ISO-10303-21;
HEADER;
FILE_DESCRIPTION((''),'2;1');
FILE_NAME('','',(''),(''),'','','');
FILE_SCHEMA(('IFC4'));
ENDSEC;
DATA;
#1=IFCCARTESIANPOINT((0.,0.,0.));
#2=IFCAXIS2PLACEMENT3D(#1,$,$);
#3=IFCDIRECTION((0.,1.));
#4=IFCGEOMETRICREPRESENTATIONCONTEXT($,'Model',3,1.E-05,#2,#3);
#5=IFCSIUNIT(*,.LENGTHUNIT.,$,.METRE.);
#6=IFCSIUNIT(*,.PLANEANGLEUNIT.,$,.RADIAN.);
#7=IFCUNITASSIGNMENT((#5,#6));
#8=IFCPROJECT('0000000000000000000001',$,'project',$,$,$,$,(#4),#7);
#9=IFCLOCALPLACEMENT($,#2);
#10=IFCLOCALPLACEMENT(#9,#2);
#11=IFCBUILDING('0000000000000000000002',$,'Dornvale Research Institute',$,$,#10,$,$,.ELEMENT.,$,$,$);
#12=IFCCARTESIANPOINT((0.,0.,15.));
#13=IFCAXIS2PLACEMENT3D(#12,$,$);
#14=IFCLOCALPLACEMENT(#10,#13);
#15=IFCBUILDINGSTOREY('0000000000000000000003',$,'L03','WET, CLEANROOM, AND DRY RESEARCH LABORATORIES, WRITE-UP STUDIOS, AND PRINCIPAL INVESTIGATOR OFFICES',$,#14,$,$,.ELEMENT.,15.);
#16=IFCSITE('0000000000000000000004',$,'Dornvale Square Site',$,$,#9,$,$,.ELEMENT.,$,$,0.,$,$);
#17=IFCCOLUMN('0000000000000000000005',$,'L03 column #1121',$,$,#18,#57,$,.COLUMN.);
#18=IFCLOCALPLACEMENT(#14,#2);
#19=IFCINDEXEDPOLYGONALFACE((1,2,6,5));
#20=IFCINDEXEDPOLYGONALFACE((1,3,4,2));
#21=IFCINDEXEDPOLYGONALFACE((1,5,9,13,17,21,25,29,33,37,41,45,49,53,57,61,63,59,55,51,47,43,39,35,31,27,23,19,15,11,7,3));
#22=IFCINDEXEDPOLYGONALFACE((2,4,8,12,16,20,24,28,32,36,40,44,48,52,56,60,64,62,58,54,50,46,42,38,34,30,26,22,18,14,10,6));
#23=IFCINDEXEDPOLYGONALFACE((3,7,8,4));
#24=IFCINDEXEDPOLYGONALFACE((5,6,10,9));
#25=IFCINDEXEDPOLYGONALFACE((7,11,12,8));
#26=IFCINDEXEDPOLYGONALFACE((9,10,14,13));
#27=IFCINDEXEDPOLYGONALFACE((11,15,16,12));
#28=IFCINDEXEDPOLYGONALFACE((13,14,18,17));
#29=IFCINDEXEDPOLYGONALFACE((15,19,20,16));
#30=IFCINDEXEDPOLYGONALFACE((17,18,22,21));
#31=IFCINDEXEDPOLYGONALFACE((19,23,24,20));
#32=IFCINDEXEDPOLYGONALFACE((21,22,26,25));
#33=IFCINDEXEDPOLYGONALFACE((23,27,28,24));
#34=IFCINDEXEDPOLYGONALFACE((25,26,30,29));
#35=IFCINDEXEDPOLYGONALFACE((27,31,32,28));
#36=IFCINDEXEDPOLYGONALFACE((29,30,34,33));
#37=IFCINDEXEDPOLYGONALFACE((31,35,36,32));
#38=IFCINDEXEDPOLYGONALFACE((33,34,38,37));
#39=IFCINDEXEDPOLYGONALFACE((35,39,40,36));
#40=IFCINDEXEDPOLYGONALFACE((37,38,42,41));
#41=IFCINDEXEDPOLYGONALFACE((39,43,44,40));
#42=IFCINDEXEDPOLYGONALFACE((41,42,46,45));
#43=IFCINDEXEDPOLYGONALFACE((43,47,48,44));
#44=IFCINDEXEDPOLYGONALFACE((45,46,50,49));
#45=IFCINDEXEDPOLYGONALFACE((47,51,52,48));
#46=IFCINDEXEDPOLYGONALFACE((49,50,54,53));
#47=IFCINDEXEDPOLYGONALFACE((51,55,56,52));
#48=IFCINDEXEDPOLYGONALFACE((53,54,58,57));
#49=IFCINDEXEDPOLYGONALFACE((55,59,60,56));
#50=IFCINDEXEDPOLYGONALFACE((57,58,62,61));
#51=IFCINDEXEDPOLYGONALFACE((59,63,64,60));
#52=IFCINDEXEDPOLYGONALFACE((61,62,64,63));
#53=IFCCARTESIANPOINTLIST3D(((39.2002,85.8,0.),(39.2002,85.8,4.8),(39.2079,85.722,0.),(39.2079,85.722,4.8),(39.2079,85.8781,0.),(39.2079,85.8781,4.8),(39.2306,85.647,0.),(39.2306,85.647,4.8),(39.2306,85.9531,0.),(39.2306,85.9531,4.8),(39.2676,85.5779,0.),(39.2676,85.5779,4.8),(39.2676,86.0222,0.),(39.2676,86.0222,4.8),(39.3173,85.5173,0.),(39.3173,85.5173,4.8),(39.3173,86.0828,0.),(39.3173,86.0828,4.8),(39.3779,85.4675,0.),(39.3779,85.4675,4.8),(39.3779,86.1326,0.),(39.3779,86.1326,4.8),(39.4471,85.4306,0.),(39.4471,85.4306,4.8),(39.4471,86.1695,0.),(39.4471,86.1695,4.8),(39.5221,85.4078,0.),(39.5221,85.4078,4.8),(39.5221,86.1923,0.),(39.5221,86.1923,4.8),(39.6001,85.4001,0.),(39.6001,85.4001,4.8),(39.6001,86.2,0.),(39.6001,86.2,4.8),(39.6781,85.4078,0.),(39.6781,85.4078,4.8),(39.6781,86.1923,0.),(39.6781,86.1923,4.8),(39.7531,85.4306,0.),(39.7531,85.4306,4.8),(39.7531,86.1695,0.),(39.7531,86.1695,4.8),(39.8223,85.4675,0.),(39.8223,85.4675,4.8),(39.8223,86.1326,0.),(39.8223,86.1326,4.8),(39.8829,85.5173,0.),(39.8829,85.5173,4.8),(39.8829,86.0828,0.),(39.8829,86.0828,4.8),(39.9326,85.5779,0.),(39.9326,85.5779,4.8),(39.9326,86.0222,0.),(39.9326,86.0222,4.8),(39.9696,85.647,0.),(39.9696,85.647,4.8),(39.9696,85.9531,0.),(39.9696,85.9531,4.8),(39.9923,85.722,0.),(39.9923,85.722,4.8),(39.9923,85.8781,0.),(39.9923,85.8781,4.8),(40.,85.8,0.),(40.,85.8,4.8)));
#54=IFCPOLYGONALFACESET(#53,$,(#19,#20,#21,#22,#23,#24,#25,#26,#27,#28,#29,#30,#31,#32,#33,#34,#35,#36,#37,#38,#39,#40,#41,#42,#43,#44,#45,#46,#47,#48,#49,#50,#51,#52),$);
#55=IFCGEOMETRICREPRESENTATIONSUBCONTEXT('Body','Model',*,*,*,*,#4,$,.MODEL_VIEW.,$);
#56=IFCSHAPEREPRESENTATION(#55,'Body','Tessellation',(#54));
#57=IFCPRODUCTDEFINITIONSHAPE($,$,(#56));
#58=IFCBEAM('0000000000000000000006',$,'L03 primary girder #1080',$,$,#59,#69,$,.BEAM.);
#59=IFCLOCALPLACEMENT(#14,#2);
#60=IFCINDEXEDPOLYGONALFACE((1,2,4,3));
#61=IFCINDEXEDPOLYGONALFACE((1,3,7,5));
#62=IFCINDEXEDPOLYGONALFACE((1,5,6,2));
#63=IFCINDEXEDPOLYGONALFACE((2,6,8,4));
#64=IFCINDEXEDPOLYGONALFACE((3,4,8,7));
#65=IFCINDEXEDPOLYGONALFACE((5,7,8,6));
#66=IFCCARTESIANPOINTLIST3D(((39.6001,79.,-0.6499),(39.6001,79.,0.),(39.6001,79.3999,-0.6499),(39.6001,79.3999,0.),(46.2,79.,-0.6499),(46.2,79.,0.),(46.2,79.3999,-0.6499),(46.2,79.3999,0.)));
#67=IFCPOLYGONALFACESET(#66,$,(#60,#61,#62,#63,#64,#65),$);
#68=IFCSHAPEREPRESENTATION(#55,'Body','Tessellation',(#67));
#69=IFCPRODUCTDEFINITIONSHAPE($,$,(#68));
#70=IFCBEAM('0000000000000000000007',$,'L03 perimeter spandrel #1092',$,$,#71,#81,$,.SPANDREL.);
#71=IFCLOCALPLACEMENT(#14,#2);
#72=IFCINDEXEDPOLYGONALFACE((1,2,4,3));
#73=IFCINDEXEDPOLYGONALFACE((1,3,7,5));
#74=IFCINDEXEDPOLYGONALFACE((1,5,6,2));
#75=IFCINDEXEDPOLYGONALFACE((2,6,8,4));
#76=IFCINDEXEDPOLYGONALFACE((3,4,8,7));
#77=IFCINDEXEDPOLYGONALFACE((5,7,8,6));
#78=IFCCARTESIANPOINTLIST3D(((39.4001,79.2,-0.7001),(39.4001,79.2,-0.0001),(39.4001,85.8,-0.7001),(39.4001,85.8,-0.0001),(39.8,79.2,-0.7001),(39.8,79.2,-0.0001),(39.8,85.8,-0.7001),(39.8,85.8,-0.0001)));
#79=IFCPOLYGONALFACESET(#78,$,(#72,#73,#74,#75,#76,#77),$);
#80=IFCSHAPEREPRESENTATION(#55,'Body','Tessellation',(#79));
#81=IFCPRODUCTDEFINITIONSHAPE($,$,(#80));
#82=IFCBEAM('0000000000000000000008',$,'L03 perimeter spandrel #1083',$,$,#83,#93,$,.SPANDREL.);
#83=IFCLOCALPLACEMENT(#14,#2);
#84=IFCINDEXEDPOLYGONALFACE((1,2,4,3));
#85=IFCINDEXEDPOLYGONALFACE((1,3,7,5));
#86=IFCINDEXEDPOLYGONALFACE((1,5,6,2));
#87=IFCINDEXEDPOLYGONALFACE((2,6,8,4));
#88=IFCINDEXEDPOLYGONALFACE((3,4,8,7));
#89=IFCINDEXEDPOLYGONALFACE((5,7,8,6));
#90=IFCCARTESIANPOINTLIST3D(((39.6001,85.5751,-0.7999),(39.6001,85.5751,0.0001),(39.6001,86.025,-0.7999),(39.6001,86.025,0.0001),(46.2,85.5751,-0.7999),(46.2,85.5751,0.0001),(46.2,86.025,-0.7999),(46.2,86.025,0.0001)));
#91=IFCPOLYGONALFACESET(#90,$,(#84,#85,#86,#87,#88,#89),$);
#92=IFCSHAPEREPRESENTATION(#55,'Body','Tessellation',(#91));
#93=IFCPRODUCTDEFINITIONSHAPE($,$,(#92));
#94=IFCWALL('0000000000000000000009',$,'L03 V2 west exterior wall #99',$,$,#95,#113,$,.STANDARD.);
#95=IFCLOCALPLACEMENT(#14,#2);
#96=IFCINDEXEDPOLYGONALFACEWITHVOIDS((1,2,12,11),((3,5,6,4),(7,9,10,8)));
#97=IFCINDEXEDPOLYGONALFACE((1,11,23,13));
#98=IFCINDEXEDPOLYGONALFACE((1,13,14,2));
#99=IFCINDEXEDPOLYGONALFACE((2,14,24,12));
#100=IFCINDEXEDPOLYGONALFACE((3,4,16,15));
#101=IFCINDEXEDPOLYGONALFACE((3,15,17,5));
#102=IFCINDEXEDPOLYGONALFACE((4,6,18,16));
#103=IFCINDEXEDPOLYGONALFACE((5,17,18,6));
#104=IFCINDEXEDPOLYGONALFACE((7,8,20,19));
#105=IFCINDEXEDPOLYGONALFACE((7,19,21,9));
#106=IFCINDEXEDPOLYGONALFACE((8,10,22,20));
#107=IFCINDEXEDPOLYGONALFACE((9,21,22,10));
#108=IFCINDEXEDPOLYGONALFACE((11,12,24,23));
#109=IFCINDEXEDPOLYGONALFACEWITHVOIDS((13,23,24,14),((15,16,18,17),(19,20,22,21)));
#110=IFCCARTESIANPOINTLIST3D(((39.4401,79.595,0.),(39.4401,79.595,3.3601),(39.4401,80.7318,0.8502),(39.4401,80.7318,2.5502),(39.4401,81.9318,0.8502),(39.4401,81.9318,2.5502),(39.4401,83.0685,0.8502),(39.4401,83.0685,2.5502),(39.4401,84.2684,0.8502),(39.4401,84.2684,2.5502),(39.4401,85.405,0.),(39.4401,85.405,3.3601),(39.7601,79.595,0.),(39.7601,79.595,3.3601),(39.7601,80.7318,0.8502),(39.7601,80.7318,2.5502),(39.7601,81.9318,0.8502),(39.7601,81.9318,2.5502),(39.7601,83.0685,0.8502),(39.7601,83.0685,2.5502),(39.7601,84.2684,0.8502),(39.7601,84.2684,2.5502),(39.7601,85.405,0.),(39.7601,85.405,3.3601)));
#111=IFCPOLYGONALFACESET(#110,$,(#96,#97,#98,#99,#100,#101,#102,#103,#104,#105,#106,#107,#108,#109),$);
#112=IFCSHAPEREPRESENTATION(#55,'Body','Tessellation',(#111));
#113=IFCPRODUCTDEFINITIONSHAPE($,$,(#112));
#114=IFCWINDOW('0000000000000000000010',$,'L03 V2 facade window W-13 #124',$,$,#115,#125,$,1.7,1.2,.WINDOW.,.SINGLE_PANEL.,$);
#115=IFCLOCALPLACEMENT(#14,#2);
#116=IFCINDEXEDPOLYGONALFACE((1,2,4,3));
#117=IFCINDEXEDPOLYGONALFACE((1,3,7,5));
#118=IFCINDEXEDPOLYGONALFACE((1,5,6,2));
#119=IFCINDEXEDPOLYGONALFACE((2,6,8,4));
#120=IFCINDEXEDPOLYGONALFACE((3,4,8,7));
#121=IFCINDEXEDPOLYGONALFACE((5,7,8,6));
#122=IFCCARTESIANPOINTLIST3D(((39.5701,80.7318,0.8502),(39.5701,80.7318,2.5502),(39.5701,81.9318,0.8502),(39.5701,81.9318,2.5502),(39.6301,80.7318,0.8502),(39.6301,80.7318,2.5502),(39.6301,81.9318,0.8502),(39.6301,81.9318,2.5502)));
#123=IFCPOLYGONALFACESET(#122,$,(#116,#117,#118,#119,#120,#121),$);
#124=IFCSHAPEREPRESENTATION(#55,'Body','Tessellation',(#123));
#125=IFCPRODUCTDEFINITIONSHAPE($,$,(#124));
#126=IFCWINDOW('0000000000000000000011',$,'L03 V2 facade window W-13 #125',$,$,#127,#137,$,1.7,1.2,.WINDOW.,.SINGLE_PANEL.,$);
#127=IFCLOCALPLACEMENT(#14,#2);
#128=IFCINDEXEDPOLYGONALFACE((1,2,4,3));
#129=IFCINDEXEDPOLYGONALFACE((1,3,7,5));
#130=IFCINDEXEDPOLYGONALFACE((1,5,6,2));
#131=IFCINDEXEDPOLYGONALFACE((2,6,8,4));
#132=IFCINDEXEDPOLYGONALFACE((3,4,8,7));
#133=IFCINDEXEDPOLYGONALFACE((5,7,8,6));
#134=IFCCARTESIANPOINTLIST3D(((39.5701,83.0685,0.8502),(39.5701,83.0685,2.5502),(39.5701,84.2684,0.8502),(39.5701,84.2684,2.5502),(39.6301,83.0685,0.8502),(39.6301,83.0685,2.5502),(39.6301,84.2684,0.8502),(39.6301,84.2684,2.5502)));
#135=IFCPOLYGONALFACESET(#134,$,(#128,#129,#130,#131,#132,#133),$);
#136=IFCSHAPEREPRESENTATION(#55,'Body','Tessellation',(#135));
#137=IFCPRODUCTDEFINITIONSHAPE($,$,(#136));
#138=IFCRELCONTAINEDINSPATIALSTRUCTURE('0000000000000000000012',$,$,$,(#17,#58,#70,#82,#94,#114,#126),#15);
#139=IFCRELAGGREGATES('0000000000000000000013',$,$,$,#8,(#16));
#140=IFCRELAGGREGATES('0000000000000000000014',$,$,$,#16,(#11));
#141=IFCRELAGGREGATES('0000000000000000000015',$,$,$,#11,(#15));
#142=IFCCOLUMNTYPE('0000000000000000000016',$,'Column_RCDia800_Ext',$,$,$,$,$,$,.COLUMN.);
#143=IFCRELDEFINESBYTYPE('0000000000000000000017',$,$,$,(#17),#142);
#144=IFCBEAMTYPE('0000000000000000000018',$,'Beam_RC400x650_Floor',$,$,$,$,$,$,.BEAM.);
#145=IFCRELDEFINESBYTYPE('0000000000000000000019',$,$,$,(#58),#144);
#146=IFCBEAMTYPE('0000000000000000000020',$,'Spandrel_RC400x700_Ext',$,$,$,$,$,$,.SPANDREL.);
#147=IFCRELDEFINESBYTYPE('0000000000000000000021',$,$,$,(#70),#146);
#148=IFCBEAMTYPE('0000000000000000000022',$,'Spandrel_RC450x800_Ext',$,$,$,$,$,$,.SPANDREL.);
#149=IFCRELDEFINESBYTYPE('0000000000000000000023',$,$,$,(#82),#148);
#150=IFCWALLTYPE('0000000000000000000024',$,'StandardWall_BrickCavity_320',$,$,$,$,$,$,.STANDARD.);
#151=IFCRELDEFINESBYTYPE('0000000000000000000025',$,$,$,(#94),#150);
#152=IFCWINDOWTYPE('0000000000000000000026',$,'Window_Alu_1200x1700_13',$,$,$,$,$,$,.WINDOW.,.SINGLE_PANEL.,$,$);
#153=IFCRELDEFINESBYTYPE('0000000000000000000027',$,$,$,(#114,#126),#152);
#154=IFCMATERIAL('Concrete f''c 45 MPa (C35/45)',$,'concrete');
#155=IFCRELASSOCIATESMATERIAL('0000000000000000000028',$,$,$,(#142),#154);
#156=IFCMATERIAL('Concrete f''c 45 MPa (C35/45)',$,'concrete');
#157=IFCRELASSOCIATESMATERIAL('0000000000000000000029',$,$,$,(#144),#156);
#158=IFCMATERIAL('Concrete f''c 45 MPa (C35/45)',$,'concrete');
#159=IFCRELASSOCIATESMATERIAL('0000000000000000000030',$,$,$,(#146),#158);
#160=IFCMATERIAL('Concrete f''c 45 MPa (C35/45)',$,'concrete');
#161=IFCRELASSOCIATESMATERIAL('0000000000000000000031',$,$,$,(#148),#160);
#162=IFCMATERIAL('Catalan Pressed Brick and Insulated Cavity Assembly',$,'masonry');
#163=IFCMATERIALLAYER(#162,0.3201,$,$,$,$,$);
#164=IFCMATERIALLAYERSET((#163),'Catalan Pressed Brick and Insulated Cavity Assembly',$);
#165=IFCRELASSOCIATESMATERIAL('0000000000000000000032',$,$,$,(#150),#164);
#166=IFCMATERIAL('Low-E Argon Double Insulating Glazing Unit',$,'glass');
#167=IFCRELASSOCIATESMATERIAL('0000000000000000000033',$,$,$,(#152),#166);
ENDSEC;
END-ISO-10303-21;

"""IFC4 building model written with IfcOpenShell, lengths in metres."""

from ifc_helpers import new_model, si_unit, direction, frame, frame_2d, origin, origin_2d, place, context, subcontext, project, spatial, rectangle, circle, extrude, material, layer, layer_set, material_profile, profile_set, type_object, element, fill, save


model = new_model("IFC4")

# Units and contexts
model_context = context("Model", 3, precision=1e-05, world=origin(), true_north=direction((0.0, 1.0)))
body_context = subcontext(model_context, "Body", "Model", "MODEL_VIEW")
ifc_project = project(units=[si_unit("LENGTHUNIT", "METRE"), si_unit("PLANEANGLEUNIT", "RADIAN")], contexts=[model_context])

# Site, building, storey
site_placement = place(None, origin())
site = spatial("IfcSite", under=ifc_project, at=site_placement, Name="Dornvale Square Site", CompositionType="ELEMENT", RefElevation=0.0)
building_placement = place(site_placement, origin())
building = spatial("IfcBuilding", under=site, at=building_placement, Name="Dornvale Research Institute", CompositionType="ELEMENT")
storey_placement = place(building_placement, frame((0.0, 0.0, 15.0)))
storey = spatial("IfcBuildingStorey", under=building, at=storey_placement, Name="L03", Description="WET, CLEANROOM, AND DRY RESEARCH LABORATORIES, WRITE-UP STUDIOS, AND PRINCIPAL INVESTIGATOR OFFICES", CompositionType="ELEMENT", Elevation=15.0)

# Column
ifc_material_1 = material(Name="Concrete f'c 45 MPa (C35/45)", Category="concrete")
ifc_material_profile_1 = material_profile(ifc_material_1, circle(Radius=0.3999, at=origin_2d()), Name="RC DIA 800")
ifc_profile_set_1 = profile_set([ifc_material_profile_1], Name="Concrete f'c 45 MPa (C35/45)")
column_type = type_object("IfcColumnType", Name="Column_RCDia800_Ext", PredefinedType="COLUMN", material=ifc_profile_set_1)
column_placement = place(storey_placement, frame((39.6001, 85.8, 0.0), z_axis=(0.0, 0.0, 1.0), x_axis=(1.0, 0.0, 0.0)))
element("IfcColumn", 1, at=column_placement, inside=storey, type_object=column_type, Name="L03 column #1121", PredefinedType="COLUMN", context=body_context, shape_type="SweptSolid", body=[
    extrude(circle(Radius=0.3999, at=origin_2d()), origin(), (0.0, 0.0, 1.0), 4.8),
])

# Beams
ifc_material_2 = material(Name="Concrete f'c 45 MPa (C35/45)", Category="concrete")
ifc_material_profile_2 = material_profile(ifc_material_2, rectangle(XDim=0.3999, YDim=0.6499, at=origin_2d()), Name="RC 400x650")
ifc_profile_set_2 = profile_set([ifc_material_profile_2], Name="Concrete f'c 45 MPa (C35/45)")
beam_type_1 = type_object("IfcBeamType", Name="Beam_RC400x650_Floor", PredefinedType="BEAM", material=ifc_profile_set_2)
beam_1_placement = place(storey_placement, frame((39.6001, 79.2, -0.325), z_axis=(1.0, 0.0, 0.0), x_axis=(0.0, 1.0, 0.0)))
element("IfcBeam", 2, at=beam_1_placement, inside=storey, type_object=beam_type_1, Name="L03 primary girder #1080", PredefinedType="BEAM", context=body_context, shape_type="SweptSolid", body=[
    extrude(rectangle(XDim=0.3999, YDim=0.6499, at=origin_2d()), origin(), (0.0, 0.0, 1.0), 6.5999),
])
ifc_material_3 = material(Name="Concrete f'c 45 MPa (C35/45)", Category="concrete")
ifc_material_profile_3 = material_profile(ifc_material_3, rectangle(XDim=0.3999, YDim=0.7, at=origin_2d()), Name="RC 400x700")
ifc_profile_set_3 = profile_set([ifc_material_profile_3], Name="Concrete f'c 45 MPa (C35/45)")
beam_type_2 = type_object("IfcBeamType", Name="Spandrel_RC400x700_Ext", PredefinedType="SPANDREL", material=ifc_profile_set_3)
beam_2_placement = place(storey_placement, frame((39.6001, 79.2, -0.3501), z_axis=(0.0, 1.0, 0.0), x_axis=(-1.0, 0.0, 0.0)))
element("IfcBeam", 3, at=beam_2_placement, inside=storey, type_object=beam_type_2, Name="L03 perimeter spandrel #1092", PredefinedType="SPANDREL", context=body_context, shape_type="SweptSolid", body=[
    extrude(rectangle(XDim=0.3999, YDim=0.7, at=origin_2d()), origin(), (0.0, 0.0, 1.0), 6.6001),
])
ifc_material_4 = material(Name="Concrete f'c 45 MPa (C35/45)", Category="concrete")
ifc_material_profile_4 = material_profile(ifc_material_4, rectangle(XDim=0.45, YDim=0.8, at=origin_2d()), Name="RC 450x800")
ifc_profile_set_4 = profile_set([ifc_material_profile_4], Name="Concrete f'c 45 MPa (C35/45)")
beam_type_3 = type_object("IfcBeamType", Name="Spandrel_RC450x800_Ext", PredefinedType="SPANDREL", material=ifc_profile_set_4)
beam_3_placement = place(storey_placement, frame((39.6001, 85.8, -0.3999), z_axis=(1.0, 0.0, 0.0), x_axis=(0.0, 1.0, 0.0)))
element("IfcBeam", 4, at=beam_3_placement, inside=storey, type_object=beam_type_3, Name="L03 perimeter spandrel #1083", PredefinedType="SPANDREL", context=body_context, shape_type="SweptSolid", body=[
    extrude(rectangle(XDim=0.45, YDim=0.8, at=origin_2d()), origin(), (0.0, 0.0, 1.0), 6.5999),
])

# Wall, openings, windows
ifc_material_5 = material(Name="Catalan Pressed Brick and Insulated Cavity Assembly", Category="masonry")
ifc_layer_1 = layer(ifc_material_5, 0.3201)
ifc_layer_set_1 = layer_set([ifc_layer_1], Name="Catalan Pressed Brick and Insulated Cavity Assembly")
wall_type = type_object("IfcWallType", Name="StandardWall_BrickCavity_320", PredefinedType="STANDARD", material=ifc_layer_set_1)
wall_1_placement = place(storey_placement, frame((39.6001, 79.595, 0.0), z_axis=(0.0, 0.0, 1.0), x_axis=(0.0, 1.0, 0.0)))
wall_1 = element("IfcWall", 5, at=wall_1_placement, inside=storey, type_object=wall_type, Name="L03 V2 west exterior wall #99", PredefinedType="STANDARD", context=body_context, shape_type="SweptSolid", body=[
    extrude(rectangle(XDim=5.8101, YDim=0.3201, at=frame_2d((2.905, 0.0))), origin(), (0.0, 0.0, 1.0), 3.3601),
])
opening_1_placement = place(wall_1_placement, frame((1.1367, 0.0, 0.8501)))
opening_1 = element("IfcOpeningElement", 6, at=opening_1_placement, cuts=wall_1, PredefinedType="OPENING", context=body_context, shape_type="SweptSolid", body=[
    extrude(rectangle(XDim=1.2, YDim=1.7, at=frame_2d((0.6001, 0.8501))), frame((0.0, 0.175, 0.0), z_axis=(0.0, -1.0, 0.0), x_axis=(1.0, 0.0, 0.0)), (0.0, 0.0, 1.0), 0.3501),
])
opening_2_placement = place(wall_1_placement, frame((3.4734, 0.0, 0.8501)))
opening_2 = element("IfcOpeningElement", 7, at=opening_2_placement, cuts=wall_1, PredefinedType="OPENING", context=body_context, shape_type="SweptSolid", body=[
    extrude(rectangle(XDim=1.2, YDim=1.7, at=frame_2d((0.6001, 0.8501))), frame((0.0, 0.175, 0.0), z_axis=(0.0, -1.0, 0.0), x_axis=(1.0, 0.0, 0.0)), (0.0, 0.0, 1.0), 0.3501),
])
ifc_material_6 = material(Name="Low-E Argon Double Insulating Glazing Unit", Category="glass")
window_type_1 = type_object("IfcWindowType", Name="Window_Alu_1200x1700_13", PartitioningType="SINGLE_PANEL", PredefinedType="WINDOW", material=ifc_material_6)
window_1_placement = place(opening_1_placement, origin())
window_1 = element("IfcWindow", 8, at=window_1_placement, inside=storey, type_object=window_type_1, Name="L03 V2 facade window W-13 #124", OverallHeight=1.7, OverallWidth=1.2, PartitioningType="SINGLE_PANEL", PredefinedType="WINDOW", context=body_context, shape_type="SweptSolid", body=[
    extrude(rectangle(XDim=1.2, YDim=1.7, at=frame_2d((0.6001, 0.8501))), frame((0.0, 0.03, 0.0), z_axis=(0.0, -1.0, 0.0), x_axis=(1.0, 0.0, 0.0)), (0.0, 0.0, 1.0), 0.0601),
])
fill(opening_1, window_1)
window_2_placement = place(opening_2_placement, origin())
window_2 = element("IfcWindow", 9, at=window_2_placement, inside=storey, type_object=window_type_1, Name="L03 V2 facade window W-13 #125", OverallHeight=1.7, OverallWidth=1.2, PartitioningType="SINGLE_PANEL", PredefinedType="WINDOW", context=body_context, shape_type="SweptSolid", body=[
    extrude(rectangle(XDim=1.2, YDim=1.7, at=frame_2d((0.6001, 0.8501))), frame((0.0, 0.03, 0.0), z_axis=(0.0, -1.0, 0.0), x_axis=(1.0, 0.0, 0.0)), (0.0, 0.0, 1.0), 0.0601),
])
fill(opening_2, window_2)

save(model, "model.ifc")
